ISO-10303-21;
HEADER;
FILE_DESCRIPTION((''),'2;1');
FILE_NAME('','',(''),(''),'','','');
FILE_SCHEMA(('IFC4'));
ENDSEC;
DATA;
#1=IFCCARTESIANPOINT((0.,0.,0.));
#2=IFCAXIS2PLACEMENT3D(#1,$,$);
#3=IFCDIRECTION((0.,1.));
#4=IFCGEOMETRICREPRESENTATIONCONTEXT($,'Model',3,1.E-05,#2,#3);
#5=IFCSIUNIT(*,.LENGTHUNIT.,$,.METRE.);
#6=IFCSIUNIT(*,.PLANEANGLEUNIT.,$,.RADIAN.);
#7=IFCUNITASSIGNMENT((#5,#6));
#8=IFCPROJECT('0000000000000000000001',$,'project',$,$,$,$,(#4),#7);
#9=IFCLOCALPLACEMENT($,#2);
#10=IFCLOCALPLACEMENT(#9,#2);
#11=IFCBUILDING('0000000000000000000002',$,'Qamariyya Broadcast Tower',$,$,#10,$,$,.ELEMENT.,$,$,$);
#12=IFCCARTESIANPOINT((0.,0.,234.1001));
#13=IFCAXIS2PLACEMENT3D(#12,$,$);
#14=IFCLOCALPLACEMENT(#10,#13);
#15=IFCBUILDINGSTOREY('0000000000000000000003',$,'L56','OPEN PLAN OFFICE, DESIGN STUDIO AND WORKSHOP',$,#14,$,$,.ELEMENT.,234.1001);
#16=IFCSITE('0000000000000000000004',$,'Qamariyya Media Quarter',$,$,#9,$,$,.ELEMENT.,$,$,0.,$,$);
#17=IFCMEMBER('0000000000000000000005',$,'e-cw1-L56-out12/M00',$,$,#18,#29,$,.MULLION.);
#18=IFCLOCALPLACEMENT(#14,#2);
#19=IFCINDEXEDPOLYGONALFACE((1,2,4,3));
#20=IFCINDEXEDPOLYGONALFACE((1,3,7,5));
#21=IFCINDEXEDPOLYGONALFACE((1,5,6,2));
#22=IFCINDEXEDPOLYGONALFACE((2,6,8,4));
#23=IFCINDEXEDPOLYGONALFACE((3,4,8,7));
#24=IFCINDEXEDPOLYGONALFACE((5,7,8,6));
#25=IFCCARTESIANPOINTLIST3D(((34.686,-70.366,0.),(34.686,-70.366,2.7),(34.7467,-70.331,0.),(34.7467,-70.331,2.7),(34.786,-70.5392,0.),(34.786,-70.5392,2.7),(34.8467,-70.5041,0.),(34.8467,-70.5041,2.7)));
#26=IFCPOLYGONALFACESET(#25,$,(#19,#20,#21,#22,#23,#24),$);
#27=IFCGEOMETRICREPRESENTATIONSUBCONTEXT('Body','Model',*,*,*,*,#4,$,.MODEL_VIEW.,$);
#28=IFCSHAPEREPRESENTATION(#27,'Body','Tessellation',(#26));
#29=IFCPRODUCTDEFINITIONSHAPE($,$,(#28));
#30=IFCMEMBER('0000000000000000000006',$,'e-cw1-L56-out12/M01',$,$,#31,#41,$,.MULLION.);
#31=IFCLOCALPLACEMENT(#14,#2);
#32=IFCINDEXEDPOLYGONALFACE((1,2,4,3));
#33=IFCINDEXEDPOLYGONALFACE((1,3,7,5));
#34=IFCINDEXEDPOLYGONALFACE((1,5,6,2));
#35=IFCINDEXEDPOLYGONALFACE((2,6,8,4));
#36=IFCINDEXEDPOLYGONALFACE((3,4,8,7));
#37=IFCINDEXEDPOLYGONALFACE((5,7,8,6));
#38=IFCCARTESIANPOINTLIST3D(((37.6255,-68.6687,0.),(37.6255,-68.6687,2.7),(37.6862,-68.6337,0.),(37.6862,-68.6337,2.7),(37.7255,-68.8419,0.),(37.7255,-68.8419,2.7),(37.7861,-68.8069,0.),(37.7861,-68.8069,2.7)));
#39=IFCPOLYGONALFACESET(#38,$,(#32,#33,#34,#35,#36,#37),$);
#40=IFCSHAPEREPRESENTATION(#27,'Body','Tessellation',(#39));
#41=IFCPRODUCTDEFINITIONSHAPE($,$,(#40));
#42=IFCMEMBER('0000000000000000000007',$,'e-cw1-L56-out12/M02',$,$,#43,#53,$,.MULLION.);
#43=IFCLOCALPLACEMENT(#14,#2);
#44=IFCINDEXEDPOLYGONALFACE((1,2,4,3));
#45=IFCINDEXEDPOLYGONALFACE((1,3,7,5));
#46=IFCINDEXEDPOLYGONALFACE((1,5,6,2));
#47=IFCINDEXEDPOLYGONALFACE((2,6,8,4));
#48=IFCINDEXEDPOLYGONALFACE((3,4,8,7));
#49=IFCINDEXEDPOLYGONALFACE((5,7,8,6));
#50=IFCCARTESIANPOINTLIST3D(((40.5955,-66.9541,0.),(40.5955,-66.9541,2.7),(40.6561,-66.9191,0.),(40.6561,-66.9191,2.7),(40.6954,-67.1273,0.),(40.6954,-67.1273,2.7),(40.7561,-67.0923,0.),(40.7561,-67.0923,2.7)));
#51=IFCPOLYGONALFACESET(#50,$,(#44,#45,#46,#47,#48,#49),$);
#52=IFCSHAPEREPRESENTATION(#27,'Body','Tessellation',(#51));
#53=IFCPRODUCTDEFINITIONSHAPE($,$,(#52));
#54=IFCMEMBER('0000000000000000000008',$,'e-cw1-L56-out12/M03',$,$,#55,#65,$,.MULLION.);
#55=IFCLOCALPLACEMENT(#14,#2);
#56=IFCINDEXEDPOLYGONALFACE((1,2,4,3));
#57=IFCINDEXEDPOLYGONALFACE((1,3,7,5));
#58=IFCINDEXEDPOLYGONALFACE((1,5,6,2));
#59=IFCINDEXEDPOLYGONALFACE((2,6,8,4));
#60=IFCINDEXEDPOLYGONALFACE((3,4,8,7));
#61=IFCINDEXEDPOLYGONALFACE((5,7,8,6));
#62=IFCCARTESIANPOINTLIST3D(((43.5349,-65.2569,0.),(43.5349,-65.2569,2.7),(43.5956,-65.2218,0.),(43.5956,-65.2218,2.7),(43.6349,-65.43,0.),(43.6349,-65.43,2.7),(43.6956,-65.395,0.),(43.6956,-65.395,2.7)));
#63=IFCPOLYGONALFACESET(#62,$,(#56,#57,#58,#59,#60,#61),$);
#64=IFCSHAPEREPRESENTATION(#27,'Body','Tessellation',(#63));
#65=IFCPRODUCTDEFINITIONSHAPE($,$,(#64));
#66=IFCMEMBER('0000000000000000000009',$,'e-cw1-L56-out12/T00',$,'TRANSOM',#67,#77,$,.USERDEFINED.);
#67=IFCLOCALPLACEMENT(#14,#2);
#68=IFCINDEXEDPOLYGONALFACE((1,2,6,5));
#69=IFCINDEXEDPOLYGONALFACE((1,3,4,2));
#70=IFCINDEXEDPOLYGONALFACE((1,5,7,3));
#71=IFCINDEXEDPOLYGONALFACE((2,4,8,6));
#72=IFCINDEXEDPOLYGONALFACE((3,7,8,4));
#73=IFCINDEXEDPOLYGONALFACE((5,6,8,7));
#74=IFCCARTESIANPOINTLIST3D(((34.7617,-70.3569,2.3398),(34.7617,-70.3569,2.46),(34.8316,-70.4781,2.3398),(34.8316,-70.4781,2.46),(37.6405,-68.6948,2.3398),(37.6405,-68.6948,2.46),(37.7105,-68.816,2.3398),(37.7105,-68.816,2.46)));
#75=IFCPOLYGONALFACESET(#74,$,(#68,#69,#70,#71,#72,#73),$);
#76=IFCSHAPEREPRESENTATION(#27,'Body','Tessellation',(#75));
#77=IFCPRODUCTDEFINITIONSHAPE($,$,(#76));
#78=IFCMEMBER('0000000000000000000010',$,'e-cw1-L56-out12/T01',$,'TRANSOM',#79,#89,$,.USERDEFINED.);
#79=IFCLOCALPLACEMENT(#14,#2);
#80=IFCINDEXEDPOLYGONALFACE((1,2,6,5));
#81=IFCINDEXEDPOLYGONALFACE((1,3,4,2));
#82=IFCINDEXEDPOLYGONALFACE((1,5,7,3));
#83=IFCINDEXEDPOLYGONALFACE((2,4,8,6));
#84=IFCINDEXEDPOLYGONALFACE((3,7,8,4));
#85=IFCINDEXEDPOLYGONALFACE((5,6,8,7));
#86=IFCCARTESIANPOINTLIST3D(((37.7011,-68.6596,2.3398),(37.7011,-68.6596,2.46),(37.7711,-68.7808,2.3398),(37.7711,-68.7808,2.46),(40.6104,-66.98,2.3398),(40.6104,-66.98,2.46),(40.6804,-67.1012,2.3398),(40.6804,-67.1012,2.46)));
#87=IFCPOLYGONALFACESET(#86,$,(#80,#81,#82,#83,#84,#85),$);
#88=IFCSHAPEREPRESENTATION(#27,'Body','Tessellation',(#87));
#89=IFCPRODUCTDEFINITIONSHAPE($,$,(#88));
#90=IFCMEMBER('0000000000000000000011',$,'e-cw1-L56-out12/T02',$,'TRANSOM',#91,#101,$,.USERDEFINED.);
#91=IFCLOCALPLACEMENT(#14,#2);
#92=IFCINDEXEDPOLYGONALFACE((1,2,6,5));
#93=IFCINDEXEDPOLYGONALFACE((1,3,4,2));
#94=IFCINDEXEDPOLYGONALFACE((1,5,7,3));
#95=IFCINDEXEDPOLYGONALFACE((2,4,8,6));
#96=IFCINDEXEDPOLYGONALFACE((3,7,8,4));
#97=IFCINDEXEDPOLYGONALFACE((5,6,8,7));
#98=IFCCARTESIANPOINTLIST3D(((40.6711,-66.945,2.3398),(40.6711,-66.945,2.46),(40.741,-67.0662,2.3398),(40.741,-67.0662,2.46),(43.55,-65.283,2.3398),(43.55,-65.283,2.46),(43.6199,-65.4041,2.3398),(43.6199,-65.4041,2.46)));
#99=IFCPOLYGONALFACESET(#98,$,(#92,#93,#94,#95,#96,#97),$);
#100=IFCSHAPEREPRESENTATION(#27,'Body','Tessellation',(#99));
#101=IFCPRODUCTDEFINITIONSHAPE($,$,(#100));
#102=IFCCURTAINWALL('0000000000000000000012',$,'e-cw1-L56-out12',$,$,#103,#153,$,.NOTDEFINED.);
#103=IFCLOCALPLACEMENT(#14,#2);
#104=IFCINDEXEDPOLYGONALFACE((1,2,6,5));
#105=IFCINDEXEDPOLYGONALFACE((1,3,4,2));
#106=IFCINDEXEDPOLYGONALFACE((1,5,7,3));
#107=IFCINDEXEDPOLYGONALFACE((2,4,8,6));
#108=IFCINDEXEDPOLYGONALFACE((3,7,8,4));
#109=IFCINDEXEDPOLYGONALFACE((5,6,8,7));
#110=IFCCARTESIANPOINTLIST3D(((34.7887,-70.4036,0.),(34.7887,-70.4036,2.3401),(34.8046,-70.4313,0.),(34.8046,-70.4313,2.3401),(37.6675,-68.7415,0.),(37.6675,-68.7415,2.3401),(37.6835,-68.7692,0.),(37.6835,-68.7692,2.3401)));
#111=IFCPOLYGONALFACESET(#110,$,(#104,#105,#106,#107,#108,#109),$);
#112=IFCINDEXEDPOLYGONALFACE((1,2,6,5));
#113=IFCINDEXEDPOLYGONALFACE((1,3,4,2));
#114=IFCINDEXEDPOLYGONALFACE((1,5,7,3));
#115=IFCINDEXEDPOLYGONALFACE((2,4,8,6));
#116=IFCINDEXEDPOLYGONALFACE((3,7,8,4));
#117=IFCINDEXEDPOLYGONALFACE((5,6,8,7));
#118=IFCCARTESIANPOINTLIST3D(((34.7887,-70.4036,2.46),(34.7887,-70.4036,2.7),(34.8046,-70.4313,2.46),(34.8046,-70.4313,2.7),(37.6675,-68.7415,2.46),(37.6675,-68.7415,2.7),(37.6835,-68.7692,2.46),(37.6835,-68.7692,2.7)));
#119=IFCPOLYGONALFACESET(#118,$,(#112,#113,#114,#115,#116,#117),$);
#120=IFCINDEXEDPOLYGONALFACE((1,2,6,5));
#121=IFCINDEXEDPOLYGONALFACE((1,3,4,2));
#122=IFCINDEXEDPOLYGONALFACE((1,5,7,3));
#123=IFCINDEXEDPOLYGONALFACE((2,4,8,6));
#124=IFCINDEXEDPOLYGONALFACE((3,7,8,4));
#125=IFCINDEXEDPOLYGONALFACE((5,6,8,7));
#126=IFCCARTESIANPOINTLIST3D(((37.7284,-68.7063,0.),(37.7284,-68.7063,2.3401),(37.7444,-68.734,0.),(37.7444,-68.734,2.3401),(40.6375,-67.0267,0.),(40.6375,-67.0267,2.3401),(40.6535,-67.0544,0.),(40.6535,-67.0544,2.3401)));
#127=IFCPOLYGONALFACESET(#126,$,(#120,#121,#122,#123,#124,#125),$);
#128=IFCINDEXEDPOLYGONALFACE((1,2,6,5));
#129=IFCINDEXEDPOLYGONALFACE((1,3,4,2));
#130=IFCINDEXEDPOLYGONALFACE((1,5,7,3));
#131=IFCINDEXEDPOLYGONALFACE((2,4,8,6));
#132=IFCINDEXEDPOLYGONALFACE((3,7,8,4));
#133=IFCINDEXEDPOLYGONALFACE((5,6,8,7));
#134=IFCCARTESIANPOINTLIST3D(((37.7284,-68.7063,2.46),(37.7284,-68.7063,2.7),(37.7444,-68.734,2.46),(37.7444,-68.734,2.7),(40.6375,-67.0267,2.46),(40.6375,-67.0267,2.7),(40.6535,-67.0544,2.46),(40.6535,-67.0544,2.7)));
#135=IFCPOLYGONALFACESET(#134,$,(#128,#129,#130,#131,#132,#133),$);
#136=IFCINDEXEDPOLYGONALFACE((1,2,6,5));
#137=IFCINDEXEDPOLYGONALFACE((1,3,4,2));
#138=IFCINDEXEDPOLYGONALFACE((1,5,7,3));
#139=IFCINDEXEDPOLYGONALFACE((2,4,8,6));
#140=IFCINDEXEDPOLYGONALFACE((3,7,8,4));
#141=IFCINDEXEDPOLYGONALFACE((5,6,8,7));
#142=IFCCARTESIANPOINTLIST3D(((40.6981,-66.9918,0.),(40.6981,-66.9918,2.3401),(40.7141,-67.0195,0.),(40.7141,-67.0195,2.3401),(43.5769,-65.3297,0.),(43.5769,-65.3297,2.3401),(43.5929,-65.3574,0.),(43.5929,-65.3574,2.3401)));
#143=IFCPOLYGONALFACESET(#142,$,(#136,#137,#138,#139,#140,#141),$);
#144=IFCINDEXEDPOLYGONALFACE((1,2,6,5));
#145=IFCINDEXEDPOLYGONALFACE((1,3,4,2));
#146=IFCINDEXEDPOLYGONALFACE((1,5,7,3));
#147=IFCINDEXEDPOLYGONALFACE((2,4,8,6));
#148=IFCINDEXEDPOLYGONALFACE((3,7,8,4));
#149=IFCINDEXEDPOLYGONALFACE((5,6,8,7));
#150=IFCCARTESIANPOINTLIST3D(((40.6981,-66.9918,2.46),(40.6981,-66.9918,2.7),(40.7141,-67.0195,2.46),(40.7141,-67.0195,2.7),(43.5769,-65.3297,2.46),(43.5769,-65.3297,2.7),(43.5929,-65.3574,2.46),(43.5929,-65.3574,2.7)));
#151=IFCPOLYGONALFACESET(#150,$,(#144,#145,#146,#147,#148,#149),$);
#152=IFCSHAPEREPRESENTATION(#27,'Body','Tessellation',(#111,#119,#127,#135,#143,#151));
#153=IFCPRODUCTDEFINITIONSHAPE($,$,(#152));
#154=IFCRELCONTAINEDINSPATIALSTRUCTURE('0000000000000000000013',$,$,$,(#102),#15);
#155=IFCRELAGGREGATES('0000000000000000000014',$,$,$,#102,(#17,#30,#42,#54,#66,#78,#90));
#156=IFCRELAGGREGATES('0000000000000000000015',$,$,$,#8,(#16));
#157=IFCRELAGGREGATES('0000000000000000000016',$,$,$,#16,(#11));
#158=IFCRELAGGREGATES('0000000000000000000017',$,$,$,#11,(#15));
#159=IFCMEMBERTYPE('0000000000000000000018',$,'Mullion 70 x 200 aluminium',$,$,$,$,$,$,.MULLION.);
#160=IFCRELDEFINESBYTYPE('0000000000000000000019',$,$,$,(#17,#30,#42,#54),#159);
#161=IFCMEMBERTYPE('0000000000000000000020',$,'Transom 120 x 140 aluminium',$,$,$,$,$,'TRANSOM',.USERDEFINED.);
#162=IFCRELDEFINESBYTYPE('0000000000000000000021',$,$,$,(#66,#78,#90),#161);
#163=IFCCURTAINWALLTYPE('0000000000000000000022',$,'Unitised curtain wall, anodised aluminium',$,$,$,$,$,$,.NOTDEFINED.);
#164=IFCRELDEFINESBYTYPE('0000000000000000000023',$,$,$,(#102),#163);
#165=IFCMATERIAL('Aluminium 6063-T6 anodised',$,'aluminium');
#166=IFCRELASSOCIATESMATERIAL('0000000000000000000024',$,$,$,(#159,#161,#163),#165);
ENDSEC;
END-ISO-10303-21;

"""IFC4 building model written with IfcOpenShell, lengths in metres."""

from ifc_helpers import new_model, si_unit, direction, frame, origin, origin_2d, place, context, subcontext, project, spatial, rectangle, extrude, material, material_profile, profile_set, type_object, element, aggregate, save


model = new_model("IFC4")

# Units and contexts
model_context = context("Model", 3, precision=1e-05, world=origin(), true_north=direction((0.0, 1.0)))
body_context = subcontext(model_context, "Body", "Model", "MODEL_VIEW")
ifc_project = project(units=[si_unit("LENGTHUNIT", "METRE"), si_unit("PLANEANGLEUNIT", "RADIAN")], contexts=[model_context])

# Members
ifc_material = material(Name="Aluminium 6063-T6 anodised", Category="aluminium")
ifc_material_profile_1 = material_profile(ifc_material, rectangle(XDim=0.2, YDim=0.0701, at=origin_2d()))
ifc_profile_set_1 = profile_set([ifc_material_profile_1], Name="Aluminium 6063-T6 anodised")
member_type_1 = type_object("IfcMemberType", Name="Mullion 70 x 200 aluminium", PredefinedType="MULLION", material=ifc_profile_set_1)
site_placement = place(None, origin())
building_placement = place(site_placement, origin())
storey_placement = place(building_placement, frame((0.0, 0.0, 234.1001)))
member_1_placement = place(storey_placement, frame((34.7664, -70.4351, 0.0), z_axis=(0.0, 0.0, 1.0), x_axis=(-0.5, 0.866025, 0.0)))
member_1 = element("IfcMember", 1, at=member_1_placement, type_object=member_type_1, Name="e-cw1-L56-out12/M00", PredefinedType="MULLION", context=body_context, shape_type="SweptSolid", body=[
    extrude(rectangle(XDim=0.2, YDim=0.0701, at=origin_2d()), origin(), (0.0, 0.0, 1.0), 2.7),
])
member_2_placement = place(storey_placement, frame((37.7058, -68.7378, 0.0), z_axis=(0.0, 0.0, 1.0), x_axis=(-0.5, 0.866025, 0.0)))
member_2 = element("IfcMember", 2, at=member_2_placement, type_object=member_type_1, Name="e-cw1-L56-out12/M01", PredefinedType="MULLION", context=body_context, shape_type="SweptSolid", body=[
    extrude(rectangle(XDim=0.2, YDim=0.0701, at=origin_2d()), origin(), (0.0, 0.0, 1.0), 2.7),
])
member_3_placement = place(storey_placement, frame((40.6758, -67.0232, 0.0), z_axis=(0.0, 0.0, 1.0), x_axis=(-0.5, 0.866025, 0.0)))
member_3 = element("IfcMember", 3, at=member_3_placement, type_object=member_type_1, Name="e-cw1-L56-out12/M02", PredefinedType="MULLION", context=body_context, shape_type="SweptSolid", body=[
    extrude(rectangle(XDim=0.2, YDim=0.0701, at=origin_2d()), origin(), (0.0, 0.0, 1.0), 2.7),
])
member_4_placement = place(storey_placement, frame((43.6152, -65.3259, 0.0), z_axis=(0.0, 0.0, 1.0), x_axis=(-0.5, 0.866025, 0.0)))
member_4 = element("IfcMember", 4, at=member_4_placement, type_object=member_type_1, Name="e-cw1-L56-out12/M03", PredefinedType="MULLION", context=body_context, shape_type="SweptSolid", body=[
    extrude(rectangle(XDim=0.2, YDim=0.0701, at=origin_2d()), origin(), (0.0, 0.0, 1.0), 2.7),
])
ifc_material_profile_2 = material_profile(ifc_material, rectangle(XDim=0.1399, YDim=0.1201, at=origin_2d()))
ifc_profile_set_2 = profile_set([ifc_material_profile_2], Name="Aluminium 6063-T6 anodised")
member_type_2 = type_object("IfcMemberType", Name="Transom 120 x 140 aluminium", ElementType="TRANSOM", PredefinedType="USERDEFINED", material=ifc_profile_set_2)
member_5_placement = place(storey_placement, frame((34.7966, -70.4175, 2.3999), z_axis=(0.866029, 0.499994, 0.0), x_axis=(-0.499994, 0.866029, 0.0)))
member_5 = element("IfcMember", 5, at=member_5_placement, type_object=member_type_2, Name="e-cw1-L56-out12/T00", ObjectType="TRANSOM", PredefinedType="USERDEFINED", context=body_context, shape_type="SweptSolid", body=[
    extrude(rectangle(XDim=0.1399, YDim=0.1201, at=origin_2d()), origin(), (0.0, 0.0, 1.0), 3.3242),
])
member_6_placement = place(storey_placement, frame((37.7361, -68.7202, 2.3999), z_axis=(0.866034, 0.499985, 0.0), x_axis=(-0.499985, 0.866034, 0.0)))
member_6 = element("IfcMember", 6, at=member_6_placement, type_object=member_type_2, Name="e-cw1-L56-out12/T01", ObjectType="TRANSOM", PredefinedType="USERDEFINED", context=body_context, shape_type="SweptSolid", body=[
    extrude(rectangle(XDim=0.1399, YDim=0.1201, at=origin_2d()), origin(), (0.0, 0.0, 1.0), 3.3594),
])
member_7_placement = place(storey_placement, frame((40.7061, -67.0056, 2.3999), z_axis=(0.866029, 0.499994, 0.0), x_axis=(-0.499994, 0.866029, 0.0)))
member_7 = element("IfcMember", 7, at=member_7_placement, type_object=member_type_2, Name="e-cw1-L56-out12/T02", ObjectType="TRANSOM", PredefinedType="USERDEFINED", context=body_context, shape_type="SweptSolid", body=[
    extrude(rectangle(XDim=0.1399, YDim=0.1201, at=origin_2d()), origin(), (0.0, 0.0, 1.0), 3.3242),
])

# Site, building, storey
site = spatial("IfcSite", under=ifc_project, at=site_placement, Name="Qamariyya Media Quarter", CompositionType="ELEMENT", RefElevation=0.0)
building = spatial("IfcBuilding", under=site, at=building_placement, Name="Qamariyya Broadcast Tower", CompositionType="ELEMENT")
storey = spatial("IfcBuildingStorey", under=building, at=storey_placement, Name="L56", Description="OPEN PLAN OFFICE, DESIGN STUDIO AND WORKSHOP", CompositionType="ELEMENT", Elevation=234.1001)

# Curtain wall
curtain_wall_type = type_object("IfcCurtainWallType", Name="Unitised curtain wall, anodised aluminium", PredefinedType="NOTDEFINED", material=ifc_material)
curtain_wall_1_placement = place(storey_placement, origin())
curtain_wall_1 = element("IfcCurtainWall", 8, at=curtain_wall_1_placement, inside=storey, type_object=curtain_wall_type, Name="e-cw1-L56-out12", PredefinedType="NOTDEFINED", context=body_context, shape_type="SweptSolid", body=[
    extrude(rectangle(XDim=3.3242, YDim=0.032, at=origin_2d()), frame((36.2361, -69.5864, 0.0), x_axis=(0.866028, 0.499996, 0.0)), (0.0, 0.0, 1.0), 2.3401),
    extrude(rectangle(XDim=3.3242, YDim=0.032, at=origin_2d()), frame((36.2361, -69.5864, 2.46), x_axis=(0.866028, 0.499996, 0.0)), (0.0, 0.0, 1.0), 0.24),
    extrude(rectangle(XDim=3.3591, YDim=0.032, at=origin_2d()), frame((39.1909, -67.8804, 0.0), x_axis=(0.866028, 0.499996, 0.0)), (0.0, 0.0, 1.0), 2.3401),
    extrude(rectangle(XDim=3.3591, YDim=0.032, at=origin_2d()), frame((39.1909, -67.8804, 2.46), x_axis=(0.866028, 0.499996, 0.0)), (0.0, 0.0, 1.0), 0.24),
    extrude(rectangle(XDim=3.3242, YDim=0.032, at=origin_2d()), frame((42.1455, -66.1746, 0.0), x_axis=(0.866028, 0.499996, 0.0)), (0.0, 0.0, 1.0), 2.3401),
    extrude(rectangle(XDim=3.3242, YDim=0.032, at=origin_2d()), frame((42.1455, -66.1746, 2.46), x_axis=(0.866028, 0.499996, 0.0)), (0.0, 0.0, 1.0), 0.24),
])
aggregate(curtain_wall_1, [member_1, member_2, member_3, member_4, member_5, member_6, member_7])

save(model, "model.ifc")
